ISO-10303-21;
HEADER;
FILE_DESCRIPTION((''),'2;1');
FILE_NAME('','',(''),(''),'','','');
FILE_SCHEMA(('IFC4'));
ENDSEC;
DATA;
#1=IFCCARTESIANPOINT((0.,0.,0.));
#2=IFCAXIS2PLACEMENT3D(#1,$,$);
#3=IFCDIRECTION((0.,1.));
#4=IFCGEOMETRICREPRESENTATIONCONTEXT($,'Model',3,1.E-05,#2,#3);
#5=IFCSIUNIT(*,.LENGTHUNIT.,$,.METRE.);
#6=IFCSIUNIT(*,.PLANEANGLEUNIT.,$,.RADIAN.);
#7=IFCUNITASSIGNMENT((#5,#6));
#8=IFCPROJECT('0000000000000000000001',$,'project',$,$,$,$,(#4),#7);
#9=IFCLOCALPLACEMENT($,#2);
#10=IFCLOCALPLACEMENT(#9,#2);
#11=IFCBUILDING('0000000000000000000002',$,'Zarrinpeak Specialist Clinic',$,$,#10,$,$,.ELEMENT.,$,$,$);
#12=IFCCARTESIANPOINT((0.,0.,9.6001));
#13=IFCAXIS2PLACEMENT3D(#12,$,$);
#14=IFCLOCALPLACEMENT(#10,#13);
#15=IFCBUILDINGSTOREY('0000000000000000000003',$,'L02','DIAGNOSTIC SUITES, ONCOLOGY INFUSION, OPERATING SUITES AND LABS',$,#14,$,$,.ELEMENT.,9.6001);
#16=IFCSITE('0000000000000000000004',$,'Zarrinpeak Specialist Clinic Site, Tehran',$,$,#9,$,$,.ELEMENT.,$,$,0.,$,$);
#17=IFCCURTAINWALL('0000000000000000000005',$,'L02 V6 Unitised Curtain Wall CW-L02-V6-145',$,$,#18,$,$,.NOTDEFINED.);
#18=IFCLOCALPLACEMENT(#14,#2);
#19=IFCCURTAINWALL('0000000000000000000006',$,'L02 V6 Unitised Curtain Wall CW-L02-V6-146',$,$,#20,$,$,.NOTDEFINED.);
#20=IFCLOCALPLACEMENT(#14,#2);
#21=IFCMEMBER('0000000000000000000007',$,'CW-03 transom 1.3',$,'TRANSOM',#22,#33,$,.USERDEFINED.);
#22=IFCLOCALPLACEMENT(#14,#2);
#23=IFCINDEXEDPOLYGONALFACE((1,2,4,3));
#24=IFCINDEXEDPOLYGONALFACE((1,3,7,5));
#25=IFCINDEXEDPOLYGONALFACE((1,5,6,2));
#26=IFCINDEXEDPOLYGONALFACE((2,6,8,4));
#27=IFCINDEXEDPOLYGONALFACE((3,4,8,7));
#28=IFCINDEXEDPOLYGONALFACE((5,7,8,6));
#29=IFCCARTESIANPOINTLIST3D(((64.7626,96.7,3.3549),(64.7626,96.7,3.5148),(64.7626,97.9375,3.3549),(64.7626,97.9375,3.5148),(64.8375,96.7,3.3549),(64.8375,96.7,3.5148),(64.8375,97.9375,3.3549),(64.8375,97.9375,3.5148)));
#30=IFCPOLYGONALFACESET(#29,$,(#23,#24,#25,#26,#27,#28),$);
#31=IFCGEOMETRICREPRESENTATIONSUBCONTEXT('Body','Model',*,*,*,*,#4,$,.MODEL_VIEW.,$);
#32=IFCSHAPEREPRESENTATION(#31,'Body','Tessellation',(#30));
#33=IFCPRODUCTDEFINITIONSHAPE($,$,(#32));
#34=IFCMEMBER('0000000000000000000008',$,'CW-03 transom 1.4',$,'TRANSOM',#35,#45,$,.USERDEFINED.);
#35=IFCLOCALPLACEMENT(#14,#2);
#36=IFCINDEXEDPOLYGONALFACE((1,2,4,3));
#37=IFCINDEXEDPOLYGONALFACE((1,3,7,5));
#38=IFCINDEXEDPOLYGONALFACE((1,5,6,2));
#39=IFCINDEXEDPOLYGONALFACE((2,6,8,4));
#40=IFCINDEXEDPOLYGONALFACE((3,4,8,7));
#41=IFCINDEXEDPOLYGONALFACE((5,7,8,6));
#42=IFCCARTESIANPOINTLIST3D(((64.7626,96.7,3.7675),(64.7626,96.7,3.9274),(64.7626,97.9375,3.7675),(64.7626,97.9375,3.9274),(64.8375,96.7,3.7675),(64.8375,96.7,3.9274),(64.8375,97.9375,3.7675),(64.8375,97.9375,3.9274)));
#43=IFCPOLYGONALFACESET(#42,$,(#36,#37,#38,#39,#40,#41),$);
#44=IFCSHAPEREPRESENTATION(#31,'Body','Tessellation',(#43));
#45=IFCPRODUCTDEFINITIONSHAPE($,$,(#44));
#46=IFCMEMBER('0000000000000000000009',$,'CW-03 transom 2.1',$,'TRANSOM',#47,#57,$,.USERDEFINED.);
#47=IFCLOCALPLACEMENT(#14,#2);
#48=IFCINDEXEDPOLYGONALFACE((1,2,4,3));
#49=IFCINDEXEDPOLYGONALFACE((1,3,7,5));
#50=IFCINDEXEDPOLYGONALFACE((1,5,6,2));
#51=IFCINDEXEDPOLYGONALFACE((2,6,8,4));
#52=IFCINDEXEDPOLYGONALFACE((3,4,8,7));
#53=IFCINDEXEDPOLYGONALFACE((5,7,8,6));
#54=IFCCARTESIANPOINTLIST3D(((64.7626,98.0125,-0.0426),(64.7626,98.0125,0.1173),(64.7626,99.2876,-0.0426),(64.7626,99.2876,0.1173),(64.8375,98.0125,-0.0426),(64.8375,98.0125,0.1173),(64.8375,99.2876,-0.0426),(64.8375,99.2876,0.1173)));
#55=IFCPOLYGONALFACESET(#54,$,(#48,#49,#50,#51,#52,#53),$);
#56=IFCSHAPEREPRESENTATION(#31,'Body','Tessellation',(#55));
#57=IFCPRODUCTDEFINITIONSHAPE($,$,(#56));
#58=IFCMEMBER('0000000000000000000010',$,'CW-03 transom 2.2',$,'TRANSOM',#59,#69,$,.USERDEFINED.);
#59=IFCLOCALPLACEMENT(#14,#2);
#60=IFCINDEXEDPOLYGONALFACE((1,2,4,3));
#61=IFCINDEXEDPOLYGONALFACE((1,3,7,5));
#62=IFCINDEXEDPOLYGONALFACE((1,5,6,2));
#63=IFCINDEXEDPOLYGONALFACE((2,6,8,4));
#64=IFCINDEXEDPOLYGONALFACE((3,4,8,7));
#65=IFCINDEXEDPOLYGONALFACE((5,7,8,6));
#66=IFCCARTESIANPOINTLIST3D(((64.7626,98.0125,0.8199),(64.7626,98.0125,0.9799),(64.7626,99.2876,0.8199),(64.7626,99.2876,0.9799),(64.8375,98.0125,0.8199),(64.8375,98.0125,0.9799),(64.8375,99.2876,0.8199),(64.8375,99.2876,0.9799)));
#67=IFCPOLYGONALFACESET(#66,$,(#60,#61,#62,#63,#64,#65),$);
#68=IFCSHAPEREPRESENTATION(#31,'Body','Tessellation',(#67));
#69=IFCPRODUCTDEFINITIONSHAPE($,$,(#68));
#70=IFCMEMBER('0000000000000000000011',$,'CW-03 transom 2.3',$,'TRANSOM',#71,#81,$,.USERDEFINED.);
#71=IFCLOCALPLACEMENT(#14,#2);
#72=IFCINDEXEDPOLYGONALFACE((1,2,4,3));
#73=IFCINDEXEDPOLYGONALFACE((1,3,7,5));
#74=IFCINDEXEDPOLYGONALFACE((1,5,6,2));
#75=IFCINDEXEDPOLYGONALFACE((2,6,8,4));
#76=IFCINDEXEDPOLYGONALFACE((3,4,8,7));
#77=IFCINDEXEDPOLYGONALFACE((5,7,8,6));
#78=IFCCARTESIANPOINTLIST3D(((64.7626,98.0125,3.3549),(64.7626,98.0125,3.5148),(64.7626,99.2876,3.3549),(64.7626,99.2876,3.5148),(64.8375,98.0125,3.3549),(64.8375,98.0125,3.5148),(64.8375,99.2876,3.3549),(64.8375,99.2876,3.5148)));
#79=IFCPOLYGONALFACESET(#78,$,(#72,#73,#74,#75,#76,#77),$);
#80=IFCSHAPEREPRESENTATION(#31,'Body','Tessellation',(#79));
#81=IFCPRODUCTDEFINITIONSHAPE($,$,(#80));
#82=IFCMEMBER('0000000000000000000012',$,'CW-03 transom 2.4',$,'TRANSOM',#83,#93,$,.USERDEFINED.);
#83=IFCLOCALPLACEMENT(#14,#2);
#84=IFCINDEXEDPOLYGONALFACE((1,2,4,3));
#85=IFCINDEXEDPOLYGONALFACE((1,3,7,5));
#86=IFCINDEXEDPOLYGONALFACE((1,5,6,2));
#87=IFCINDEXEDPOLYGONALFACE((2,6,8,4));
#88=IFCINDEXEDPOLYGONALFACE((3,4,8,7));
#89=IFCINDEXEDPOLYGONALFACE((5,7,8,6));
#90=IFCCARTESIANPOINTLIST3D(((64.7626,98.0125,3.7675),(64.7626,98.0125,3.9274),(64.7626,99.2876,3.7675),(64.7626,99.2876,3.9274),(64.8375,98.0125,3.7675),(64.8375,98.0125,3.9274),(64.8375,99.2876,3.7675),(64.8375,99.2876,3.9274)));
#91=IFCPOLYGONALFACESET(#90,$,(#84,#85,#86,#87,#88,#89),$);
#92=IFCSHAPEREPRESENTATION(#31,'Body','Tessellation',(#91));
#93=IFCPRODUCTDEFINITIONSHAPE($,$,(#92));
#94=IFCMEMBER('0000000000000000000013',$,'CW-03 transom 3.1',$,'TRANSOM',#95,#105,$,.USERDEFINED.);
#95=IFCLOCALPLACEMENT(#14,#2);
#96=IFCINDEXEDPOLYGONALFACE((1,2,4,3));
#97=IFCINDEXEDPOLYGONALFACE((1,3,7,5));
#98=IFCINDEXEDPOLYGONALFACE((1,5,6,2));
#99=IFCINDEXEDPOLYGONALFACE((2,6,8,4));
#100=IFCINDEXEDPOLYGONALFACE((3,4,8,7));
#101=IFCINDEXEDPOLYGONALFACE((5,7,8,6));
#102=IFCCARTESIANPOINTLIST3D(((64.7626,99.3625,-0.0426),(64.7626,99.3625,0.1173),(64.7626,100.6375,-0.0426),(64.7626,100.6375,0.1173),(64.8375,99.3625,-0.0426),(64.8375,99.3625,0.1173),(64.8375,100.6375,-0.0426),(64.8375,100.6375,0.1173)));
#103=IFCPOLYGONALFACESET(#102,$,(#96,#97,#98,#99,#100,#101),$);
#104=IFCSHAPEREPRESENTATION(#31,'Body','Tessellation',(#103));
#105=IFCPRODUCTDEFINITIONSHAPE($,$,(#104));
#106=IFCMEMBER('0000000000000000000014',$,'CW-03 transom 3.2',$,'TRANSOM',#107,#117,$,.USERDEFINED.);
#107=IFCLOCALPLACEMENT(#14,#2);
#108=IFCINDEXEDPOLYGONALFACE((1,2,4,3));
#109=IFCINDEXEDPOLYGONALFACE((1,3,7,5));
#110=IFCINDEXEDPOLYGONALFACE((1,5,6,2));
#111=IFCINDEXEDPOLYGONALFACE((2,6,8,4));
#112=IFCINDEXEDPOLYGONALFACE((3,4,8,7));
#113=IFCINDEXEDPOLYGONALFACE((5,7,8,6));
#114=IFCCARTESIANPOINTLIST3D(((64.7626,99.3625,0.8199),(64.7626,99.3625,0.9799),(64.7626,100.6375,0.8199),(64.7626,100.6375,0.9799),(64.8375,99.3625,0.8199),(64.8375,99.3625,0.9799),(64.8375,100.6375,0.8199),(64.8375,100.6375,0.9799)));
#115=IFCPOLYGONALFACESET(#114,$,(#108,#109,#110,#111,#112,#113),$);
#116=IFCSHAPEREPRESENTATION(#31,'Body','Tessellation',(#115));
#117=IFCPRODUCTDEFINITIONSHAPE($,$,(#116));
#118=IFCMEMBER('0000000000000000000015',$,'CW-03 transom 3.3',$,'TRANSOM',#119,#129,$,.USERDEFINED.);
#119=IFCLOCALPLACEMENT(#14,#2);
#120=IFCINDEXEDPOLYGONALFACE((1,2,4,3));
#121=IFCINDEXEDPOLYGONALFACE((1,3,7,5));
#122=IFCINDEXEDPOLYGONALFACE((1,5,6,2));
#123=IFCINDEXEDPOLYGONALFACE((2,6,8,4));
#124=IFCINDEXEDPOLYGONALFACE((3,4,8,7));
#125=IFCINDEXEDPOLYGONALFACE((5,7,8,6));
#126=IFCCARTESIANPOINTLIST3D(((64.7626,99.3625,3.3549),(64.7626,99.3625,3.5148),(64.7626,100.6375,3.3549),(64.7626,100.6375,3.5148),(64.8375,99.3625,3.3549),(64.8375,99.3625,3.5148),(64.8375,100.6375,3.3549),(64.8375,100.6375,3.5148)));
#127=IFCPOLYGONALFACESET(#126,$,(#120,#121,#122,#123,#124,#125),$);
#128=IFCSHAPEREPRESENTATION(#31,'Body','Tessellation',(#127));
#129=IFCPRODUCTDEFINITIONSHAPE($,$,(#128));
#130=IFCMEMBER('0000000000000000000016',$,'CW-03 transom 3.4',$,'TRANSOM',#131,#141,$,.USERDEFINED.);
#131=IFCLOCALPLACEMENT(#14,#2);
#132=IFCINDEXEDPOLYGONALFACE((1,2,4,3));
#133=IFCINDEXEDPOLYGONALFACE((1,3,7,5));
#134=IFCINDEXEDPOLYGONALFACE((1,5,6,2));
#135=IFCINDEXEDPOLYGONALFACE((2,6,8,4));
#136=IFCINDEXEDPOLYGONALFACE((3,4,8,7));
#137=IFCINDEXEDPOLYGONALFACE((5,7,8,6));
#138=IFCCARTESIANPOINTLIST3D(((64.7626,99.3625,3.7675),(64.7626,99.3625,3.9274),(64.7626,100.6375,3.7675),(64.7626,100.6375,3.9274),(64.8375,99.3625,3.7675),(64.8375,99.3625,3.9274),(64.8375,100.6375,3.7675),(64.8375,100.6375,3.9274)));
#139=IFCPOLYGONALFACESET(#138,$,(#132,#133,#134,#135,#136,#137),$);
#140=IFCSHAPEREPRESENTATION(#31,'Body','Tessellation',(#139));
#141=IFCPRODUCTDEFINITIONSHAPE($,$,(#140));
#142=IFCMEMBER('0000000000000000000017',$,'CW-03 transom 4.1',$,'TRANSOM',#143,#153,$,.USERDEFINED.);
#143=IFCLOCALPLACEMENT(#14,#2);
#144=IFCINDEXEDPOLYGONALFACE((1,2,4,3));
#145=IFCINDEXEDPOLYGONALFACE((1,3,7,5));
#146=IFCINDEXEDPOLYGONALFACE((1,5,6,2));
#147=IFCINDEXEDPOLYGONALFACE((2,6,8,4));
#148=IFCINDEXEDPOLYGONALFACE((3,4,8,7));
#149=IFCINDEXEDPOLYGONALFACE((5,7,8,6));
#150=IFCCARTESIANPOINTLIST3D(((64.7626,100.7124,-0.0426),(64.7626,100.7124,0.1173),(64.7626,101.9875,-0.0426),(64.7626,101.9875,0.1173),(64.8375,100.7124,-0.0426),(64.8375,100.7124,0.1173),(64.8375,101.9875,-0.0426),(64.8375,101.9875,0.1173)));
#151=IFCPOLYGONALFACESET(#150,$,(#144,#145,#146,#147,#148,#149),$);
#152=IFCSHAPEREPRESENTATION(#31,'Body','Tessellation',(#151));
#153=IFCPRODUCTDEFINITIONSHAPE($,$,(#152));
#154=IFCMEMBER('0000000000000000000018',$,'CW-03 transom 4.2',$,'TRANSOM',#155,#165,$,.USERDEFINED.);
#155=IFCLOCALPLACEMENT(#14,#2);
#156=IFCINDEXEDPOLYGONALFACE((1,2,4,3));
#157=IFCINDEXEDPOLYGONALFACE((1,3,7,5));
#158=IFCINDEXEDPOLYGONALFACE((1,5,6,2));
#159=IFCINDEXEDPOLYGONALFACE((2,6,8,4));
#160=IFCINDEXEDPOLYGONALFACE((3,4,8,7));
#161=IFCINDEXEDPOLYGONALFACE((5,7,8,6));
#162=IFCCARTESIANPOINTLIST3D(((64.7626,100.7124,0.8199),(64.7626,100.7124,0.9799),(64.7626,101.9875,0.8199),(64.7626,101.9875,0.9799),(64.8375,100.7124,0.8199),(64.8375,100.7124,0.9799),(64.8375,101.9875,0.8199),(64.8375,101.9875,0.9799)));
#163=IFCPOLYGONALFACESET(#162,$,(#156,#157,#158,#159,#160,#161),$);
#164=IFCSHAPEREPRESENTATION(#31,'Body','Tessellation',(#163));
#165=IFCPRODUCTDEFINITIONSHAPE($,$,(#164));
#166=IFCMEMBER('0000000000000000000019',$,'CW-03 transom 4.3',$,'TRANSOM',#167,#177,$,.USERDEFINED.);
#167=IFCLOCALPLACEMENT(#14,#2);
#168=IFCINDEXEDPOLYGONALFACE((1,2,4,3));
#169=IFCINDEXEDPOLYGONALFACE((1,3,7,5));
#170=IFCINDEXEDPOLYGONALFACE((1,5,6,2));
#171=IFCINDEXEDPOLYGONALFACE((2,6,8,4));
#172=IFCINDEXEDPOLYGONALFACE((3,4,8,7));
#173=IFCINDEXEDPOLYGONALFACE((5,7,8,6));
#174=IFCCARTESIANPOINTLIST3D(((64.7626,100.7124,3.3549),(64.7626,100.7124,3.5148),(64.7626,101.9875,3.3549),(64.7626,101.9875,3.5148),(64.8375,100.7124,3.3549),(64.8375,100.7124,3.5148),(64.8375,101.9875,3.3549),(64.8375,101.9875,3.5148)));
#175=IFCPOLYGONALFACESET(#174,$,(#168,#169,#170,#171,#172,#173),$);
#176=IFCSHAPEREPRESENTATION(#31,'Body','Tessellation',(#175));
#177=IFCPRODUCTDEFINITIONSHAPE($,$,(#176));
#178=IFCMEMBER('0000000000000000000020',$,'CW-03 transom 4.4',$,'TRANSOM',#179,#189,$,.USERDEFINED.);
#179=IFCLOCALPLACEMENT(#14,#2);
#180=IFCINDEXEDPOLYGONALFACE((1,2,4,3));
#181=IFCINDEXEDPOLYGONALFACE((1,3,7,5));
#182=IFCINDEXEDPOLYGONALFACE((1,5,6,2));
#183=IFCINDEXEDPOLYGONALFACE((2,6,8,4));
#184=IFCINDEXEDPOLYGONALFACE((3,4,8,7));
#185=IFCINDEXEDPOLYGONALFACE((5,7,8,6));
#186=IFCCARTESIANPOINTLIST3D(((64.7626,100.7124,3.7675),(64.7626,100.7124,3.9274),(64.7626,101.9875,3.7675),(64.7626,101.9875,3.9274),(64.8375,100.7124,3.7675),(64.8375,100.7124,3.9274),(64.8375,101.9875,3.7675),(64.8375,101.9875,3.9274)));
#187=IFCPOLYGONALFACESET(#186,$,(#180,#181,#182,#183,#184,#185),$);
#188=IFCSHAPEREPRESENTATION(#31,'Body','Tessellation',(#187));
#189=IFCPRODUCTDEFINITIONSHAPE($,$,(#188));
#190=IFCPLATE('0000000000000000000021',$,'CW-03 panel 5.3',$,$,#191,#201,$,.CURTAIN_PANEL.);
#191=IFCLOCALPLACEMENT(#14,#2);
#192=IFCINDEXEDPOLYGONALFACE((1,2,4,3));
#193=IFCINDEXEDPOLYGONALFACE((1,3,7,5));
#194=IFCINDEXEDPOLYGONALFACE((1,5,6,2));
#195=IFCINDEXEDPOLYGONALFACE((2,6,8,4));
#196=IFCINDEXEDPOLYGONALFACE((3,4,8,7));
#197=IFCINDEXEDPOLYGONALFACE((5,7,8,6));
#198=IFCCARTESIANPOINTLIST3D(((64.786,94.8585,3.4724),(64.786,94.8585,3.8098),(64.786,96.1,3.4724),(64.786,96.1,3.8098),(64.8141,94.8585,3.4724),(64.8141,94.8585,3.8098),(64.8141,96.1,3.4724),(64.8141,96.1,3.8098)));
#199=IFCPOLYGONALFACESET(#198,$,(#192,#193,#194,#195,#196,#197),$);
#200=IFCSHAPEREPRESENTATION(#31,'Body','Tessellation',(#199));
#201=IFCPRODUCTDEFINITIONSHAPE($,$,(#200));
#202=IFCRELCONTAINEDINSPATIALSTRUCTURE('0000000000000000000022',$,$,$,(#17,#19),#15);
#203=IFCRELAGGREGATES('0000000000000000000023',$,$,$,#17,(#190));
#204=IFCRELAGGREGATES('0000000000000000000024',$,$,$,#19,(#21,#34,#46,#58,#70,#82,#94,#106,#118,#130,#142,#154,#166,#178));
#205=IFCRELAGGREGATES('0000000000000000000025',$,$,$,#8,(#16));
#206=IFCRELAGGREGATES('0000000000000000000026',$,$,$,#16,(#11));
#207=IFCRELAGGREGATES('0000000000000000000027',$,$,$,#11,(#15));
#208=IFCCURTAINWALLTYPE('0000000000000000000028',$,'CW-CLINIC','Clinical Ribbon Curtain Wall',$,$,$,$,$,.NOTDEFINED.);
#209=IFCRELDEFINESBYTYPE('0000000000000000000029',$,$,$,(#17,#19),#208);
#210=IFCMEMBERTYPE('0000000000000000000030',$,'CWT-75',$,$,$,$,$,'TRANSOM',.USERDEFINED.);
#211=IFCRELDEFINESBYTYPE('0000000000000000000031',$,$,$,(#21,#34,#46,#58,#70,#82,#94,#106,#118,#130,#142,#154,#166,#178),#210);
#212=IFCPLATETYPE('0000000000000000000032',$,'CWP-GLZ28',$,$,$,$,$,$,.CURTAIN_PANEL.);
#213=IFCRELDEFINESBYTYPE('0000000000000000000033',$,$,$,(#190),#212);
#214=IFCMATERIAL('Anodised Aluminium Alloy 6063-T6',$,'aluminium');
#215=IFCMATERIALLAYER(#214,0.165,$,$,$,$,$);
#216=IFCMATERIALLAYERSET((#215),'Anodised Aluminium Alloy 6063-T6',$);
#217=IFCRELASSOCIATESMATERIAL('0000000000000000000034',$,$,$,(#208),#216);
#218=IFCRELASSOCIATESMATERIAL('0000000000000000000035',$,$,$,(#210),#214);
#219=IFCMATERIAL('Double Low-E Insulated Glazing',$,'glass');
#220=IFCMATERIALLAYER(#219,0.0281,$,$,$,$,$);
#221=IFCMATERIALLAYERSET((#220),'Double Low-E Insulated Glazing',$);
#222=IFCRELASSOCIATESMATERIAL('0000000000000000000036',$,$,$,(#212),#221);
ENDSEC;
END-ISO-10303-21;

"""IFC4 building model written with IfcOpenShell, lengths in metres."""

from ifc_helpers import new_model, si_unit, direction, frame, origin, origin_2d, place, context, subcontext, project, spatial, rectangle, extrude, material, layer, layer_set, material_profile, profile_set, type_object, element, aggregate, save


model = new_model("IFC4")

# Units and contexts
model_context = context("Model", 3, precision=1e-05, world=origin(), true_north=direction((0.0, 1.0)))
body_context = subcontext(model_context, "Body", "Model", "MODEL_VIEW")
ifc_project = project(units=[si_unit("LENGTHUNIT", "METRE"), si_unit("PLANEANGLEUNIT", "RADIAN")], contexts=[model_context])

# Site, building, storey
site_placement = place(None, origin())
site = spatial("IfcSite", under=ifc_project, at=site_placement, Name="Zarrinpeak Specialist Clinic Site, Tehran", CompositionType="ELEMENT", RefElevation=0.0)
building_placement = place(site_placement, origin())
building = spatial("IfcBuilding", under=site, at=building_placement, Name="Zarrinpeak Specialist Clinic", CompositionType="ELEMENT")
storey_placement = place(building_placement, frame((0.0, 0.0, 9.6001)))
storey = spatial("IfcBuildingStorey", under=building, at=storey_placement, Name="L02", Description="DIAGNOSTIC SUITES, ONCOLOGY INFUSION, OPERATING SUITES AND LABS", CompositionType="ELEMENT", Elevation=9.6001)

# Curtain wall
ifc_material_1 = material(Name="Anodised Aluminium Alloy 6063-T6", Category="aluminium")
ifc_layer_1 = layer(ifc_material_1, 0.165)
ifc_layer_set_1 = layer_set([ifc_layer_1], Name="Anodised Aluminium Alloy 6063-T6")
curtain_wall_type = type_object("IfcCurtainWallType", Name="CW-CLINIC", Description="Clinical Ribbon Curtain Wall", PredefinedType="NOTDEFINED", material=ifc_layer_set_1)
curtain_wall_1_placement = place(storey_placement, origin())
curtain_wall_1 = element("IfcCurtainWall", 1, at=curtain_wall_1_placement, inside=storey, type_object=curtain_wall_type, Name="L02 V6 Unitised Curtain Wall CW-L02-V6-145", PredefinedType="NOTDEFINED")

# Curtain wall, members
curtain_wall_2_placement = place(storey_placement, origin())
curtain_wall_2 = element("IfcCurtainWall", 2, at=curtain_wall_2_placement, inside=storey, type_object=curtain_wall_type, Name="L02 V6 Unitised Curtain Wall CW-L02-V6-146", PredefinedType="NOTDEFINED")
ifc_material_profile_1 = material_profile(ifc_material_1, rectangle(XDim=0.075, YDim=0.1599, at=origin_2d()), Name="ALU 75x160")
ifc_profile_set_1 = profile_set([ifc_material_profile_1], Name="Anodised Aluminium Alloy 6063-T6")
member_type_1 = type_object("IfcMemberType", Name="CWT-75", ElementType="TRANSOM", PredefinedType="USERDEFINED", material=ifc_profile_set_1)
member_1_placement = place(storey_placement, frame((64.8, 96.7, 3.4348), z_axis=(0.0, 1.0, 0.0), x_axis=(-1.0, 0.0, 0.0)))
member_1 = element("IfcMember", 3, at=member_1_placement, type_object=member_type_1, Name="CW-03 transom 1.3", ObjectType="TRANSOM", PredefinedType="USERDEFINED", context=body_context, shape_type="SweptSolid", body=[
    extrude(rectangle(XDim=0.075, YDim=0.1599, at=origin_2d()), origin(), (0.0, 0.0, 1.0), 1.2375),
])
member_2_placement = place(storey_placement, frame((64.8, 96.7, 3.8474), z_axis=(0.0, 1.0, 0.0), x_axis=(-1.0, 0.0, 0.0)))
member_2 = element("IfcMember", 4, at=member_2_placement, type_object=member_type_1, Name="CW-03 transom 1.4", ObjectType="TRANSOM", PredefinedType="USERDEFINED", context=body_context, shape_type="SweptSolid", body=[
    extrude(rectangle(XDim=0.075, YDim=0.1599, at=origin_2d()), origin(), (0.0, 0.0, 1.0), 1.2375),
])
member_3_placement = place(storey_placement, frame((64.8, 98.0125, 0.0374), z_axis=(0.0, 1.0, 0.0), x_axis=(-1.0, 0.0, 0.0)))
member_3 = element("IfcMember", 5, at=member_3_placement, type_object=member_type_1, Name="CW-03 transom 2.1", ObjectType="TRANSOM", PredefinedType="USERDEFINED", context=body_context, shape_type="SweptSolid", body=[
    extrude(rectangle(XDim=0.075, YDim=0.1599, at=origin_2d()), origin(), (0.0, 0.0, 1.0), 1.2751),
])
member_4_placement = place(storey_placement, frame((64.8, 98.0125, 0.8999), z_axis=(0.0, 1.0, 0.0), x_axis=(-1.0, 0.0, 0.0)))
member_4 = element("IfcMember", 6, at=member_4_placement, type_object=member_type_1, Name="CW-03 transom 2.2", ObjectType="TRANSOM", PredefinedType="USERDEFINED", context=body_context, shape_type="SweptSolid", body=[
    extrude(rectangle(XDim=0.075, YDim=0.1599, at=origin_2d()), origin(), (0.0, 0.0, 1.0), 1.2751),
])
member_5_placement = place(storey_placement, frame((64.8, 98.0125, 3.4348), z_axis=(0.0, 1.0, 0.0), x_axis=(-1.0, 0.0, 0.0)))
member_5 = element("IfcMember", 7, at=member_5_placement, type_object=member_type_1, Name="CW-03 transom 2.3", ObjectType="TRANSOM", PredefinedType="USERDEFINED", context=body_context, shape_type="SweptSolid", body=[
    extrude(rectangle(XDim=0.075, YDim=0.1599, at=origin_2d()), origin(), (0.0, 0.0, 1.0), 1.2751),
])
member_6_placement = place(storey_placement, frame((64.8, 98.0125, 3.8474), z_axis=(0.0, 1.0, 0.0), x_axis=(-1.0, 0.0, 0.0)))
member_6 = element("IfcMember", 8, at=member_6_placement, type_object=member_type_1, Name="CW-03 transom 2.4", ObjectType="TRANSOM", PredefinedType="USERDEFINED", context=body_context, shape_type="SweptSolid", body=[
    extrude(rectangle(XDim=0.075, YDim=0.1599, at=origin_2d()), origin(), (0.0, 0.0, 1.0), 1.2751),
])
member_7_placement = place(storey_placement, frame((64.8, 99.3625, 0.0374), z_axis=(0.0, 1.0, 0.0), x_axis=(-1.0, 0.0, 0.0)))
member_7 = element("IfcMember", 9, at=member_7_placement, type_object=member_type_1, Name="CW-03 transom 3.1", ObjectType="TRANSOM", PredefinedType="USERDEFINED", context=body_context, shape_type="SweptSolid", body=[
    extrude(rectangle(XDim=0.075, YDim=0.1599, at=origin_2d()), origin(), (0.0, 0.0, 1.0), 1.2749),
])
member_8_placement = place(storey_placement, frame((64.8, 99.3625, 0.8999), z_axis=(0.0, 1.0, 0.0), x_axis=(-1.0, 0.0, 0.0)))
member_8 = element("IfcMember", 10, at=member_8_placement, type_object=member_type_1, Name="CW-03 transom 3.2", ObjectType="TRANSOM", PredefinedType="USERDEFINED", context=body_context, shape_type="SweptSolid", body=[
    extrude(rectangle(XDim=0.075, YDim=0.1599, at=origin_2d()), origin(), (0.0, 0.0, 1.0), 1.2749),
])
member_9_placement = place(storey_placement, frame((64.8, 99.3625, 3.4348), z_axis=(0.0, 1.0, 0.0), x_axis=(-1.0, 0.0, 0.0)))
member_9 = element("IfcMember", 11, at=member_9_placement, type_object=member_type_1, Name="CW-03 transom 3.3", ObjectType="TRANSOM", PredefinedType="USERDEFINED", context=body_context, shape_type="SweptSolid", body=[
    extrude(rectangle(XDim=0.075, YDim=0.1599, at=origin_2d()), origin(), (0.0, 0.0, 1.0), 1.2749),
])
member_10_placement = place(storey_placement, frame((64.8, 99.3625, 3.8474), z_axis=(0.0, 1.0, 0.0), x_axis=(-1.0, 0.0, 0.0)))
member_10 = element("IfcMember", 12, at=member_10_placement, type_object=member_type_1, Name="CW-03 transom 3.4", ObjectType="TRANSOM", PredefinedType="USERDEFINED", context=body_context, shape_type="SweptSolid", body=[
    extrude(rectangle(XDim=0.075, YDim=0.1599, at=origin_2d()), origin(), (0.0, 0.0, 1.0), 1.2749),
])
member_11_placement = place(storey_placement, frame((64.8, 100.7124, 0.0374), z_axis=(0.0, 1.0, 0.0), x_axis=(-1.0, 0.0, 0.0)))
member_11 = element("IfcMember", 13, at=member_11_placement, type_object=member_type_1, Name="CW-03 transom 4.1", ObjectType="TRANSOM", PredefinedType="USERDEFINED", context=body_context, shape_type="SweptSolid", body=[
    extrude(rectangle(XDim=0.075, YDim=0.1599, at=origin_2d()), origin(), (0.0, 0.0, 1.0), 1.2751),
])
member_12_placement = place(storey_placement, frame((64.8, 100.7124, 0.8999), z_axis=(0.0, 1.0, 0.0), x_axis=(-1.0, 0.0, 0.0)))
member_12 = element("IfcMember", 14, at=member_12_placement, type_object=member_type_1, Name="CW-03 transom 4.2", ObjectType="TRANSOM", PredefinedType="USERDEFINED", context=body_context, shape_type="SweptSolid", body=[
    extrude(rectangle(XDim=0.075, YDim=0.1599, at=origin_2d()), origin(), (0.0, 0.0, 1.0), 1.2751),
])
member_13_placement = place(storey_placement, frame((64.8, 100.7124, 3.4348), z_axis=(0.0, 1.0, 0.0), x_axis=(-1.0, 0.0, 0.0)))
member_13 = element("IfcMember", 15, at=member_13_placement, type_object=member_type_1, Name="CW-03 transom 4.3", ObjectType="TRANSOM", PredefinedType="USERDEFINED", context=body_context, shape_type="SweptSolid", body=[
    extrude(rectangle(XDim=0.075, YDim=0.1599, at=origin_2d()), origin(), (0.0, 0.0, 1.0), 1.2751),
])
member_14_placement = place(storey_placement, frame((64.8, 100.7124, 3.8474), z_axis=(0.0, 1.0, 0.0), x_axis=(-1.0, 0.0, 0.0)))
member_14 = element("IfcMember", 16, at=member_14_placement, type_object=member_type_1, Name="CW-03 transom 4.4", ObjectType="TRANSOM", PredefinedType="USERDEFINED", context=body_context, shape_type="SweptSolid", body=[
    extrude(rectangle(XDim=0.075, YDim=0.1599, at=origin_2d()), origin(), (0.0, 0.0, 1.0), 1.2751),
])

# Plate
ifc_material_2 = material(Name="Double Low-E Insulated Glazing", Category="glass")
ifc_layer_2 = layer(ifc_material_2, 0.0281)
ifc_layer_set_2 = layer_set([ifc_layer_2], Name="Double Low-E Insulated Glazing")
plate_type = type_object("IfcPlateType", Name="CWP-GLZ28", PredefinedType="CURTAIN_PANEL", material=ifc_layer_set_2)
plate_1_placement = place(storey_placement, frame((64.8, 95.4792, 3.4724), z_axis=(0.0, 0.0, 1.0), x_axis=(0.0, 1.0, 0.0)))
plate_1 = element("IfcPlate", 17, at=plate_1_placement, type_object=plate_type, Name="CW-03 panel 5.3", PredefinedType="CURTAIN_PANEL", context=body_context, shape_type="SweptSolid", body=[
    extrude(rectangle(XDim=1.2415, YDim=0.0281, at=origin_2d()), origin(), (0.0, 0.0, 1.0), 0.3374),
])
aggregate(curtain_wall_1, [plate_1])
aggregate(curtain_wall_2, [member_1, member_2, member_3, member_4, member_5, member_6, member_7, member_8, member_9, member_10, member_11, member_12, member_13, member_14])

save(model, "model.ifc")
